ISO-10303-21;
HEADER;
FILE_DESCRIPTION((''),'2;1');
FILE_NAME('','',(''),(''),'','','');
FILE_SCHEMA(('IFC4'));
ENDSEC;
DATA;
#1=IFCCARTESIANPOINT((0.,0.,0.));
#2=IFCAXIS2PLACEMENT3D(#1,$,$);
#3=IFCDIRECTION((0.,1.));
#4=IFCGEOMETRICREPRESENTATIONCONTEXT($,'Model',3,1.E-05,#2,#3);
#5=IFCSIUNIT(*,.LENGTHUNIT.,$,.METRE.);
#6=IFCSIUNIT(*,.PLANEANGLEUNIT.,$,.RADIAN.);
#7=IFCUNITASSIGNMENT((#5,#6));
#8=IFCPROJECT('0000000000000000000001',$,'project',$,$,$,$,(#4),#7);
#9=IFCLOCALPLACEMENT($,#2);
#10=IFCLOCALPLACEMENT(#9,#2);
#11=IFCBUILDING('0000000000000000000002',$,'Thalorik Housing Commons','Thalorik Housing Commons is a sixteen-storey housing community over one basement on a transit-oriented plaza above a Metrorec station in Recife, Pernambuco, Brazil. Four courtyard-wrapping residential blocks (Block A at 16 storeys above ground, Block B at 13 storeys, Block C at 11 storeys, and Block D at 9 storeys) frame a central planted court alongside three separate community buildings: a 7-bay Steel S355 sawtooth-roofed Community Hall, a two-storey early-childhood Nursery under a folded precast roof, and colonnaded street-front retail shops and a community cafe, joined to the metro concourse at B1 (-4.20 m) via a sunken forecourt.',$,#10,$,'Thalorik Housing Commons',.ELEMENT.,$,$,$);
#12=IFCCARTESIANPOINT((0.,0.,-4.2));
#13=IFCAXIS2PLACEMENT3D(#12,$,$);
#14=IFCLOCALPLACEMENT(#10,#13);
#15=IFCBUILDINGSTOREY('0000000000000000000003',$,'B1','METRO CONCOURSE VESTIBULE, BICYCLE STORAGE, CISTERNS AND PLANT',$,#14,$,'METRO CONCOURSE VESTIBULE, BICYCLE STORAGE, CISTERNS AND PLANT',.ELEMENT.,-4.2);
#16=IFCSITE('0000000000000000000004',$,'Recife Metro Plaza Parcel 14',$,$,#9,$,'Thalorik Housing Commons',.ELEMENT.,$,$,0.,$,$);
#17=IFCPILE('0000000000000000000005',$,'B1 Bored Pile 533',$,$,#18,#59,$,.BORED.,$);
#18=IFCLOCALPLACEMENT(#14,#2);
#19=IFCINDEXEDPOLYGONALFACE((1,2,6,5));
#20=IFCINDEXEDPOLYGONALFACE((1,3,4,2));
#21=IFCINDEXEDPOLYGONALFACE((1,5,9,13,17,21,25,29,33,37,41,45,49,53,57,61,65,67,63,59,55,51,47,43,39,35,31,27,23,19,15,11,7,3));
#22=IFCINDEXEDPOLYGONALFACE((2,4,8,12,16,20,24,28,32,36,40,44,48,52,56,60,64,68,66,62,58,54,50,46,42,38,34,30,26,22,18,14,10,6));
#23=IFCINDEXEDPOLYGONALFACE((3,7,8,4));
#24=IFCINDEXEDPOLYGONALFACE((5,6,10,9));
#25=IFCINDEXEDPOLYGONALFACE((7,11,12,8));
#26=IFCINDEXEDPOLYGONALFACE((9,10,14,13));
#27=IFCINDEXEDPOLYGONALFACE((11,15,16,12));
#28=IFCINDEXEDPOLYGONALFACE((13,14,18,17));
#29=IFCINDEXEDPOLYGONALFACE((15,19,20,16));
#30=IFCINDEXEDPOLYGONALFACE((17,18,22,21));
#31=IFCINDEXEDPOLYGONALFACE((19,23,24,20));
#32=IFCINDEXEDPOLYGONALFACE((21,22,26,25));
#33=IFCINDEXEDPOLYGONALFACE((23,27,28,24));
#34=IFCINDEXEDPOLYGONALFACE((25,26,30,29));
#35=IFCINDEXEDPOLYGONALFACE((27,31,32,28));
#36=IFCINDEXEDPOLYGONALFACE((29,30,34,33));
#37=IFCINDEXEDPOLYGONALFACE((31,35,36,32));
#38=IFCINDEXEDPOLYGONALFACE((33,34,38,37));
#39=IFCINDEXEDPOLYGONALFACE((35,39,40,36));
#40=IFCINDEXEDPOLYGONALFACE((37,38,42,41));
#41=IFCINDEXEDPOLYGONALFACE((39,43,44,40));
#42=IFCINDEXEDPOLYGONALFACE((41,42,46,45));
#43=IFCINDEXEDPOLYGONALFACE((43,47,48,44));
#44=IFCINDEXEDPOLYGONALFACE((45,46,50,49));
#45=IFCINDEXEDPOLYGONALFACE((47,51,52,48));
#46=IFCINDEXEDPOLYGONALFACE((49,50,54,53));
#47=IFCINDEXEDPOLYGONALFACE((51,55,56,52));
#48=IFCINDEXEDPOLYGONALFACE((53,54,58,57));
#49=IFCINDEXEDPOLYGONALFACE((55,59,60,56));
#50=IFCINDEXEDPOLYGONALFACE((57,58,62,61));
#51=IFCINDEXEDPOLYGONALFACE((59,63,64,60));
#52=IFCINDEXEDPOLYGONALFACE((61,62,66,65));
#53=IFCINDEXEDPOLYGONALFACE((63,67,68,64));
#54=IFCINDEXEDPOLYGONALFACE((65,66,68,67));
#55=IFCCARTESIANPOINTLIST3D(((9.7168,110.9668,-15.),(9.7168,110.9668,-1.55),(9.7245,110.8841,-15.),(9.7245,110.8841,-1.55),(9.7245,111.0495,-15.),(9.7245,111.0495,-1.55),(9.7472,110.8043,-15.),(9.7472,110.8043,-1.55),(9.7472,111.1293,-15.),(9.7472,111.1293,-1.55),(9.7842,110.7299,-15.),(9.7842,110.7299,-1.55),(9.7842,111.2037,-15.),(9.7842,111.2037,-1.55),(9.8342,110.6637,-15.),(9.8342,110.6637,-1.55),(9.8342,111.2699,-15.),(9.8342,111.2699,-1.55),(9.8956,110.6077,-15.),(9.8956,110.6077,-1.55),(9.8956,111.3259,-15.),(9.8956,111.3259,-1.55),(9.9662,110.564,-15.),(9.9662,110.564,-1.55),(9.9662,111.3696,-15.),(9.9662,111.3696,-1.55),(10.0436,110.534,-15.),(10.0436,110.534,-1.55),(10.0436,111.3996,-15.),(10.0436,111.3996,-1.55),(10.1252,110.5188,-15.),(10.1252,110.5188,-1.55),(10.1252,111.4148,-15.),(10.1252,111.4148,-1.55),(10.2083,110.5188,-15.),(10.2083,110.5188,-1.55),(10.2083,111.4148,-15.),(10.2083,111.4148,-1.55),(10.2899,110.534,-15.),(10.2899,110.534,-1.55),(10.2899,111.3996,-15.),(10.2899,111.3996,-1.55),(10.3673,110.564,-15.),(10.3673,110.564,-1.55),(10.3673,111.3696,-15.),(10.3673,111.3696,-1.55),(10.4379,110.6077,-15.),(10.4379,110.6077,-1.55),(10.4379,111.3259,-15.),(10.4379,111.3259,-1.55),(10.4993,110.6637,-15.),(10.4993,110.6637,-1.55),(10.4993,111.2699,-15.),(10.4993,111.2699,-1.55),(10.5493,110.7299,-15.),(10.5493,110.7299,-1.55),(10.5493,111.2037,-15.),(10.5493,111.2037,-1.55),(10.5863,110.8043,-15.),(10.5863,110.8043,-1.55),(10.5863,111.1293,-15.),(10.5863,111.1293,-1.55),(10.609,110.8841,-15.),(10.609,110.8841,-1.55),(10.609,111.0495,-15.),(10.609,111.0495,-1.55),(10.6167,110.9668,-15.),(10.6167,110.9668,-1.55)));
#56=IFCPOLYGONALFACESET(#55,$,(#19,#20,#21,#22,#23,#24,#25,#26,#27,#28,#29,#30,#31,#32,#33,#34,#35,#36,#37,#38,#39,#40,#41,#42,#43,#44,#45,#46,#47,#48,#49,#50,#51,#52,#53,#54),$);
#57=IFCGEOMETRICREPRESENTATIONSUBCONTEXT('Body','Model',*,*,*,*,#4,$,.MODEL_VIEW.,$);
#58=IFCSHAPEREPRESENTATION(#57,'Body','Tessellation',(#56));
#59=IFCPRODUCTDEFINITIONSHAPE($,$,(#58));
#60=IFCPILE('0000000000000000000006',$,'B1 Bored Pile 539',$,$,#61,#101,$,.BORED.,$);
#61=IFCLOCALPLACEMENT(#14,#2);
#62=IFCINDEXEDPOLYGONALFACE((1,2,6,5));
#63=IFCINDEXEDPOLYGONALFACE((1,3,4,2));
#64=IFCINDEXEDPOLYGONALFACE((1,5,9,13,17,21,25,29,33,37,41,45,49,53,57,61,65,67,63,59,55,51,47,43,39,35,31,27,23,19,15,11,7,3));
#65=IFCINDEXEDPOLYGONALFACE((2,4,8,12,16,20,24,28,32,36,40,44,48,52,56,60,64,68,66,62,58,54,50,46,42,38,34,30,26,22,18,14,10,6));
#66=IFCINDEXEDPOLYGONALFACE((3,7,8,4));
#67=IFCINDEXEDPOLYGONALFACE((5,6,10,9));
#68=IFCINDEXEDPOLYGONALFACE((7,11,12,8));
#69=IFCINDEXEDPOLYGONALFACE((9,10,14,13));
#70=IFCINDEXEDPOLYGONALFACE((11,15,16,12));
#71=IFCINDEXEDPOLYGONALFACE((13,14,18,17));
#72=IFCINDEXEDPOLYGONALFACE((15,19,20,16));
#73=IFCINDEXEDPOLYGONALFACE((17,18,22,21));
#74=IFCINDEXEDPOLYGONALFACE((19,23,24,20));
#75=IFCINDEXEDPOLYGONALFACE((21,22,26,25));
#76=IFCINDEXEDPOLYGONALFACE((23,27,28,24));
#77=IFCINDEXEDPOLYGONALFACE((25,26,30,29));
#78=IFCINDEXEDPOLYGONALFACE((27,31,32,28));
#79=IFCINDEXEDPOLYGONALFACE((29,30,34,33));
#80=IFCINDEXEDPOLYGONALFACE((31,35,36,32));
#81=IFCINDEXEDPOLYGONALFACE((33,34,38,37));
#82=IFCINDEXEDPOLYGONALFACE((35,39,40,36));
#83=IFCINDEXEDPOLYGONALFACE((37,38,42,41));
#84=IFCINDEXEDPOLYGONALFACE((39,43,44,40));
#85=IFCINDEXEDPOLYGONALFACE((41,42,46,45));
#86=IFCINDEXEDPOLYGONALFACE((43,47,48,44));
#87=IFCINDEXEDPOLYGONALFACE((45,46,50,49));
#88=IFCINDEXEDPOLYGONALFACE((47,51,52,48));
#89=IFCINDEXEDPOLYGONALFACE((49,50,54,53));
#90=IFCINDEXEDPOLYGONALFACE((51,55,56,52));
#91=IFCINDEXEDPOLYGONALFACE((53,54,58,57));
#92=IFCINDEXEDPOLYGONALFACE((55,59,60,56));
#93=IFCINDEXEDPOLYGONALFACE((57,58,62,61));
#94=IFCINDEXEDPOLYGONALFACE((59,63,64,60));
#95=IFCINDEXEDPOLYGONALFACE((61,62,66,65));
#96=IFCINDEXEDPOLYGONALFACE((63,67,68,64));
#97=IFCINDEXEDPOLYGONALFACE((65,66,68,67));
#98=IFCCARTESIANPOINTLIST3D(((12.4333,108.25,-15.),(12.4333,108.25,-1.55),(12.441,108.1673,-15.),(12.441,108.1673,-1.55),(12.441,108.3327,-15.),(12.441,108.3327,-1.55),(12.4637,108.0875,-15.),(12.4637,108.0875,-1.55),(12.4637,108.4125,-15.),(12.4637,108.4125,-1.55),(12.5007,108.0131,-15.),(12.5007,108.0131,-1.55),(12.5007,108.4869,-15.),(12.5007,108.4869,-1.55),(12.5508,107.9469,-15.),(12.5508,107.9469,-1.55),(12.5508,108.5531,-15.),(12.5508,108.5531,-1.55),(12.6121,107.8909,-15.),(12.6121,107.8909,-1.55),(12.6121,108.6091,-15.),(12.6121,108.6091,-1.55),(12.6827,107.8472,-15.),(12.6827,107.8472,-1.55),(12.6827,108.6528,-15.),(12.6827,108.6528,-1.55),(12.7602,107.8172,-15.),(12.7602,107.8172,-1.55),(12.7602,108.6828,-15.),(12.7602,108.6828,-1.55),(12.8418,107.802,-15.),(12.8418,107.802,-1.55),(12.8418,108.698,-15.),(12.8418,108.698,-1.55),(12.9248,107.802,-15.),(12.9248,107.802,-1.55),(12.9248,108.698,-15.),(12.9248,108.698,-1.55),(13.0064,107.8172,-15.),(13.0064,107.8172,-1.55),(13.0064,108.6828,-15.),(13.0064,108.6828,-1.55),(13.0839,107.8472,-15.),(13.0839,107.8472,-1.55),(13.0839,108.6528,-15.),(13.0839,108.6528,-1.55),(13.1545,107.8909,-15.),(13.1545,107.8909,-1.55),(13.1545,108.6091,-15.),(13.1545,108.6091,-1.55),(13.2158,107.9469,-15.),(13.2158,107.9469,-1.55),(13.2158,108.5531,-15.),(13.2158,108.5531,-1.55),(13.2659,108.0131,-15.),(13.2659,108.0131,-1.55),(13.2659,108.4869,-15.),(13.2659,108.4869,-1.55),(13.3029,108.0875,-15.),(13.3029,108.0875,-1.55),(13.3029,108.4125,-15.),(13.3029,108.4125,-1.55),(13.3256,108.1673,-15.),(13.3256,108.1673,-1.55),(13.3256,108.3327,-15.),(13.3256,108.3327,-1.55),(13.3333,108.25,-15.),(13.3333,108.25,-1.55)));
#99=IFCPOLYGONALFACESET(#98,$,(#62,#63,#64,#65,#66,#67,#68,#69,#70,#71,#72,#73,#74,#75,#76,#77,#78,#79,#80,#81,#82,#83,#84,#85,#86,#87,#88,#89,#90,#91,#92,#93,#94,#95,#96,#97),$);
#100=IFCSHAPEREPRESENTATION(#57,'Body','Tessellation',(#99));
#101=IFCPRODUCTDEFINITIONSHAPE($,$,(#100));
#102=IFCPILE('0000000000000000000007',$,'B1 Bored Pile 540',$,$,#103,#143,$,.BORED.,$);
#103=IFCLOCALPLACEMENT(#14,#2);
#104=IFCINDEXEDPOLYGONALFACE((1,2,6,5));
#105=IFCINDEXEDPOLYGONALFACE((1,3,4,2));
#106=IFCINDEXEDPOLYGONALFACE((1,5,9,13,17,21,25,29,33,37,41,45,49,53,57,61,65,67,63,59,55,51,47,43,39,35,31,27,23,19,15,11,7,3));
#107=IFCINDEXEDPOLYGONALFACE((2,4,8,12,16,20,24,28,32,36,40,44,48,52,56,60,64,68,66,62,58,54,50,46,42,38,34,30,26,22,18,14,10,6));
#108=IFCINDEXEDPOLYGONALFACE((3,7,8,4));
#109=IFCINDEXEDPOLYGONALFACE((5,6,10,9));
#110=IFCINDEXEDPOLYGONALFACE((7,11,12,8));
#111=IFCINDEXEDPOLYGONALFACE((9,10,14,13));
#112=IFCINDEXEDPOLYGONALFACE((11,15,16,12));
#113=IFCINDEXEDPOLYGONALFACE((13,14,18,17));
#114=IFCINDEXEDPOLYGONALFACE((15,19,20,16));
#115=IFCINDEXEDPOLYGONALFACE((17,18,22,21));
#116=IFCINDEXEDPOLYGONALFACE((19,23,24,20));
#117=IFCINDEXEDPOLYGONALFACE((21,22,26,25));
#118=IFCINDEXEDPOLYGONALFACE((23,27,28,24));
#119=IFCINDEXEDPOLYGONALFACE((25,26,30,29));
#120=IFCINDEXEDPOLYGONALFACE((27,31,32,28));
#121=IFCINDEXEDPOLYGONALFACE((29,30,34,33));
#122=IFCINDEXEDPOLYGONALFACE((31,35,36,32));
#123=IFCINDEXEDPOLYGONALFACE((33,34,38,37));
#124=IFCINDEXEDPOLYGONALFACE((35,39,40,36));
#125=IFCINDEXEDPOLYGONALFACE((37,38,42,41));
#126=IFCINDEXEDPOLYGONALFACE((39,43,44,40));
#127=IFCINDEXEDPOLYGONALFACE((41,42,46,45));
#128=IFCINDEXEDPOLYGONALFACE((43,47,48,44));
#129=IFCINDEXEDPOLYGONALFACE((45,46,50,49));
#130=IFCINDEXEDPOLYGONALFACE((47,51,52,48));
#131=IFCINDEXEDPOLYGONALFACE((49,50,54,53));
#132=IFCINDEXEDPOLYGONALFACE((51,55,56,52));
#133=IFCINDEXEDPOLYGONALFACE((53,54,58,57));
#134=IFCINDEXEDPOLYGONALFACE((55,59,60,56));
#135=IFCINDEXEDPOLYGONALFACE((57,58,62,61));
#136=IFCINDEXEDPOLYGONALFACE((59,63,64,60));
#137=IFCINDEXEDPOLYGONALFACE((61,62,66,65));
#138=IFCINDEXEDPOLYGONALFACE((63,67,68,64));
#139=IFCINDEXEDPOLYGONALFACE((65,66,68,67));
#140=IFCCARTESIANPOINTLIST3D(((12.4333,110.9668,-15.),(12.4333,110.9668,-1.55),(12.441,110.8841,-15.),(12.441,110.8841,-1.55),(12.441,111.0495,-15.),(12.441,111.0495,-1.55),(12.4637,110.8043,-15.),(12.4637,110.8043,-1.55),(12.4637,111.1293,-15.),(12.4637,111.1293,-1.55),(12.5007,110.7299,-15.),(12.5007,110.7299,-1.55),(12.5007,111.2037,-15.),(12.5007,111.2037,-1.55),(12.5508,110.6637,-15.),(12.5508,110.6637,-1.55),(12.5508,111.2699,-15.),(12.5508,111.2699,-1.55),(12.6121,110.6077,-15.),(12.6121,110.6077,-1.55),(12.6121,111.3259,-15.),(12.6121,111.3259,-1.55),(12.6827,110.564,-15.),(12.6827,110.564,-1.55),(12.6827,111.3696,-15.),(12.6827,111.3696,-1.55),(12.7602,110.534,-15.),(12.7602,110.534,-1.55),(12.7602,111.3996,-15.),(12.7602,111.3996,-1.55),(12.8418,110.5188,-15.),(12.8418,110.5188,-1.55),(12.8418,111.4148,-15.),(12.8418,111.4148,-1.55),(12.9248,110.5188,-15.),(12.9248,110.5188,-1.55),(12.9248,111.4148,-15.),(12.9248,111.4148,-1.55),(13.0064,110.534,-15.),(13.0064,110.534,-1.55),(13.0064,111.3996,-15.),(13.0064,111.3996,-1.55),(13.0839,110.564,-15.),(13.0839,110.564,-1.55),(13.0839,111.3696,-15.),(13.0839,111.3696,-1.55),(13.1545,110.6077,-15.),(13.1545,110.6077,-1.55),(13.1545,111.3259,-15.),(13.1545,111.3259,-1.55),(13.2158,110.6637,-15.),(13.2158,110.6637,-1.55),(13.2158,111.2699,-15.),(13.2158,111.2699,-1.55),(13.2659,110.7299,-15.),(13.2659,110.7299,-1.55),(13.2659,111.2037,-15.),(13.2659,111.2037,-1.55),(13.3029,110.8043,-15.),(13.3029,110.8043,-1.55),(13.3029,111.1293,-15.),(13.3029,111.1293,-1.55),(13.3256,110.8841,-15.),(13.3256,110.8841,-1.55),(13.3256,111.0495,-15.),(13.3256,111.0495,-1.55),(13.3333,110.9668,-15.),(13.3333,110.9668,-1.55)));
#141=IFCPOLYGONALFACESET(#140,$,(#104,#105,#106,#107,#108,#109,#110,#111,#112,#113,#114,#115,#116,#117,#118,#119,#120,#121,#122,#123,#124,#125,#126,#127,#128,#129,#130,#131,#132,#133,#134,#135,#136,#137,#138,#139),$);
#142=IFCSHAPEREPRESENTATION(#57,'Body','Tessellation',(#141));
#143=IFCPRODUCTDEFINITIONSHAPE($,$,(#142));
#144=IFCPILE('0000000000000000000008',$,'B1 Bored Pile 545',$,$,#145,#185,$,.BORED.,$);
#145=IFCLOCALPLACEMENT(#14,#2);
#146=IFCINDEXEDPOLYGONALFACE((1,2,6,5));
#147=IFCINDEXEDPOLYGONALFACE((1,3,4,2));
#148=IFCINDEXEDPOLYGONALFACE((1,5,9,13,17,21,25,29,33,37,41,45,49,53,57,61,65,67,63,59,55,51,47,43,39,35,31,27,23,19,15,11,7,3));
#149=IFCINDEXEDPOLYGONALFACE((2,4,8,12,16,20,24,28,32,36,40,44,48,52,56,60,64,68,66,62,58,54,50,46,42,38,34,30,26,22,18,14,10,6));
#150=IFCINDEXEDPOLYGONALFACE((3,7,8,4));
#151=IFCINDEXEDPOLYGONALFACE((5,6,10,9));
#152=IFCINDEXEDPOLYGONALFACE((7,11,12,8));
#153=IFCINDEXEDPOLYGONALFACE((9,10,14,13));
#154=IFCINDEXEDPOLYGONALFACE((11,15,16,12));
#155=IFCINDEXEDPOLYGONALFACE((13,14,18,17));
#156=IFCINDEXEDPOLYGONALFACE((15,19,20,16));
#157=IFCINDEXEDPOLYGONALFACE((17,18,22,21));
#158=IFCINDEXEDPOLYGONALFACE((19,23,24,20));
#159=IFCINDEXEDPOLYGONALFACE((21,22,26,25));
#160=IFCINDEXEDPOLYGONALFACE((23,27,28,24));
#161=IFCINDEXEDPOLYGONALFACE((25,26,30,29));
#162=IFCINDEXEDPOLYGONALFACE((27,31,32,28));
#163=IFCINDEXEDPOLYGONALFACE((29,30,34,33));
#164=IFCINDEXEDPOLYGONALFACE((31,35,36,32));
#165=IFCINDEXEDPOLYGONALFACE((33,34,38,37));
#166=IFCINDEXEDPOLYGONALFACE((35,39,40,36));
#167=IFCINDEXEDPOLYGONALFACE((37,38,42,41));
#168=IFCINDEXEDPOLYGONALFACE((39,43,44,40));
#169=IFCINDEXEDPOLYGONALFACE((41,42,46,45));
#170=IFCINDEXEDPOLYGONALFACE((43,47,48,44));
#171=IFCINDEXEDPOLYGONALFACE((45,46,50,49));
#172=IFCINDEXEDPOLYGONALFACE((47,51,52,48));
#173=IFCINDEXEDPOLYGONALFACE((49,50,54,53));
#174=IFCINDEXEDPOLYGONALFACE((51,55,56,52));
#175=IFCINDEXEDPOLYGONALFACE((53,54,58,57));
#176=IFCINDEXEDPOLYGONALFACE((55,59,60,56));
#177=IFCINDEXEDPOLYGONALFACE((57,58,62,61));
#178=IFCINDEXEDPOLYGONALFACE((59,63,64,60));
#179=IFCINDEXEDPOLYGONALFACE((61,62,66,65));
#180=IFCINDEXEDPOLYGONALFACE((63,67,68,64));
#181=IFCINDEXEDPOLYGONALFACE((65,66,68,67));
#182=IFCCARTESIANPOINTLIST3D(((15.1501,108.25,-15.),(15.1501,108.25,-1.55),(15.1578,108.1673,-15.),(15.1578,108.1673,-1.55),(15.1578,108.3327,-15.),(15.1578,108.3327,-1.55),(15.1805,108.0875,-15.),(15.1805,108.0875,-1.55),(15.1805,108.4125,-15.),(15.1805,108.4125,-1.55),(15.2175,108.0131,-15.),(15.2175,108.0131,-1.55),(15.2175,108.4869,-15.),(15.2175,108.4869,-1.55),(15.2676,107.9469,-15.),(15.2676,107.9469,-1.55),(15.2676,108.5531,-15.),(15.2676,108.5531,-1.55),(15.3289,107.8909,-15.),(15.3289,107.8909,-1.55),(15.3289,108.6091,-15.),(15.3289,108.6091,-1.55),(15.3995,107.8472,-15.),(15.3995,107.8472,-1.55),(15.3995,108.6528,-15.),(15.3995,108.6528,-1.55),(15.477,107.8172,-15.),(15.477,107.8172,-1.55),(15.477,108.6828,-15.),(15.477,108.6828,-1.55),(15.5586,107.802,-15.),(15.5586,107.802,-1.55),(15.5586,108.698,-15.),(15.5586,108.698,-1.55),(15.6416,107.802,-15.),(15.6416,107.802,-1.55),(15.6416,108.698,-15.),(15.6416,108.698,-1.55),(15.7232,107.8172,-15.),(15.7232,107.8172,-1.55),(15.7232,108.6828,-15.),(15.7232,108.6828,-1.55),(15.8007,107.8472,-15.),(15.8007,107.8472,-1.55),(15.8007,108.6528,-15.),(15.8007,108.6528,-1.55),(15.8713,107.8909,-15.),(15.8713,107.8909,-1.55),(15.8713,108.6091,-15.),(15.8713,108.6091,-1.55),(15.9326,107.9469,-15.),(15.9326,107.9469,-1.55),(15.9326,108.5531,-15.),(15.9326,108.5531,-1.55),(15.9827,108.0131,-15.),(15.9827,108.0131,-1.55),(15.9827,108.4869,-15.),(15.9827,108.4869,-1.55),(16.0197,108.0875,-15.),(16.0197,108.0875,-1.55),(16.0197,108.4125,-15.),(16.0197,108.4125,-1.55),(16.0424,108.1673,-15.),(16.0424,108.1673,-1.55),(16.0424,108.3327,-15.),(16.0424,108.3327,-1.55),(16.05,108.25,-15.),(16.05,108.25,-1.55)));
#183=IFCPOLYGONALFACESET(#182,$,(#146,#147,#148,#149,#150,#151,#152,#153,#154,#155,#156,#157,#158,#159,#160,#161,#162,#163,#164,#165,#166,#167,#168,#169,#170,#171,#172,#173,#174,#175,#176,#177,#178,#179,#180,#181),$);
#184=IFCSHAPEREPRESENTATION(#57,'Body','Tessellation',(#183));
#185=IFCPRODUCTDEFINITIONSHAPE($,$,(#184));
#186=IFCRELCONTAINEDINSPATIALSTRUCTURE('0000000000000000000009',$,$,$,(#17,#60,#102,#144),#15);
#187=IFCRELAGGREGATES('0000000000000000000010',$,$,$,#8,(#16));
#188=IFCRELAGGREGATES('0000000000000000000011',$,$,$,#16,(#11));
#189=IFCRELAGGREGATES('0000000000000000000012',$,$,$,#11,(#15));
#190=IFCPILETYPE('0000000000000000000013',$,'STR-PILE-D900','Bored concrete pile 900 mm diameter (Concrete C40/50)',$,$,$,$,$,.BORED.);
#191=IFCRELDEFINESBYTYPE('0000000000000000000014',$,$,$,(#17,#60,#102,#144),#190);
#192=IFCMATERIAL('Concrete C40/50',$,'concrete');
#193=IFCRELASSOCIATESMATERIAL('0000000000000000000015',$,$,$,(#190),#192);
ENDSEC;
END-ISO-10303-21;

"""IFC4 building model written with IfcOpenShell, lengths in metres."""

from ifc_helpers import new_model, si_unit, direction, frame, origin, origin_2d, place, context, subcontext, project, spatial, circle, extrude, material, material_profile, profile_set, type_object, element, save


model = new_model("IFC4")

# Units and contexts
model_context = context("Model", 3, precision=1e-05, world=origin(), true_north=direction((0.0, 1.0)))
body_context = subcontext(model_context, "Body", "Model", "MODEL_VIEW")
ifc_project = project(units=[si_unit("LENGTHUNIT", "METRE"), si_unit("PLANEANGLEUNIT", "RADIAN")], contexts=[model_context])

# Site, building, storey
site_placement = place(None, origin())
site = spatial("IfcSite", under=ifc_project, at=site_placement, Name="Recife Metro Plaza Parcel 14", LongName="Thalorik Housing Commons", CompositionType="ELEMENT", RefElevation=0.0)
building_placement = place(site_placement, origin())
building = spatial("IfcBuilding", under=site, at=building_placement, Name="Thalorik Housing Commons", Description="Thalorik Housing Commons is a sixteen-storey housing community over one basement on a transit-oriented plaza above a Metrorec station in Recife, Pernambuco, Brazil. Four courtyard-wrapping residential blocks (Block A at 16 storeys above ground, Block B at 13 storeys, Block C at 11 storeys, and Block D at 9 storeys) frame a central planted court alongside three separate community buildings: a 7-bay Steel S355 sawtooth-roofed Community Hall, a two-storey early-childhood Nursery under a folded precast roof, and colonnaded street-front retail shops and a community cafe, joined to the metro concourse at B1 (-4.20 m) via a sunken forecourt.", LongName="Thalorik Housing Commons", CompositionType="ELEMENT")
storey_placement = place(building_placement, frame((0.0, 0.0, -4.2)))
storey = spatial("IfcBuildingStorey", under=building, at=storey_placement, Name="B1", Description="METRO CONCOURSE VESTIBULE, BICYCLE STORAGE, CISTERNS AND PLANT", LongName="METRO CONCOURSE VESTIBULE, BICYCLE STORAGE, CISTERNS AND PLANT", CompositionType="ELEMENT", Elevation=-4.2)

# Shared definitions
ifc_material_1 = material(Name="Concrete C40/50", Category="concrete")

# Piles
ifc_material_profile_1 = material_profile(ifc_material_1, circle(Radius=0.45, at=origin_2d()), Name="BORED PILE D900", Category="concrete")
ifc_profile_set_1 = profile_set([ifc_material_profile_1], Name="Concrete C40/50")
pile_type_1 = type_object("IfcPileType", Name="STR-PILE-D900", Description="Bored concrete pile 900 mm diameter (Concrete C40/50)", PredefinedType="BORED", material=ifc_profile_set_1)
for number, where, z_axis, x_axis, name in (
    (1, (10.1667, 110.9668, -1.55), (0.0, 0.0, -1.0), (1.0, 0.0, 0.0), "B1 Bored Pile 533"),
    (2, (12.8833, 108.25, -1.55), (0.0, 0.0, -1.0), (1.0, 0.0, 0.0), "B1 Bored Pile 539"),
    (3, (12.8833, 110.9668, -1.55), (0.0, 0.0, -1.0), (1.0, 0.0, 0.0), "B1 Bored Pile 540"),
    (4, (15.6001, 108.25, -1.55), (0.0, 0.0, -1.0), (1.0, 0.0, 0.0), "B1 Bored Pile 545"),
):
    element("IfcPile", number, at=place(storey_placement, frame(where, z_axis=z_axis, x_axis=x_axis)), inside=storey, type_object=pile_type_1, Name=name, PredefinedType="BORED", context=body_context, shape_type="SweptSolid", body=[
        extrude(circle(Radius=0.45, at=origin_2d()), origin(), (0.0, 0.0, 1.0), 13.45),
    ])

save(model, "model.ifc")
